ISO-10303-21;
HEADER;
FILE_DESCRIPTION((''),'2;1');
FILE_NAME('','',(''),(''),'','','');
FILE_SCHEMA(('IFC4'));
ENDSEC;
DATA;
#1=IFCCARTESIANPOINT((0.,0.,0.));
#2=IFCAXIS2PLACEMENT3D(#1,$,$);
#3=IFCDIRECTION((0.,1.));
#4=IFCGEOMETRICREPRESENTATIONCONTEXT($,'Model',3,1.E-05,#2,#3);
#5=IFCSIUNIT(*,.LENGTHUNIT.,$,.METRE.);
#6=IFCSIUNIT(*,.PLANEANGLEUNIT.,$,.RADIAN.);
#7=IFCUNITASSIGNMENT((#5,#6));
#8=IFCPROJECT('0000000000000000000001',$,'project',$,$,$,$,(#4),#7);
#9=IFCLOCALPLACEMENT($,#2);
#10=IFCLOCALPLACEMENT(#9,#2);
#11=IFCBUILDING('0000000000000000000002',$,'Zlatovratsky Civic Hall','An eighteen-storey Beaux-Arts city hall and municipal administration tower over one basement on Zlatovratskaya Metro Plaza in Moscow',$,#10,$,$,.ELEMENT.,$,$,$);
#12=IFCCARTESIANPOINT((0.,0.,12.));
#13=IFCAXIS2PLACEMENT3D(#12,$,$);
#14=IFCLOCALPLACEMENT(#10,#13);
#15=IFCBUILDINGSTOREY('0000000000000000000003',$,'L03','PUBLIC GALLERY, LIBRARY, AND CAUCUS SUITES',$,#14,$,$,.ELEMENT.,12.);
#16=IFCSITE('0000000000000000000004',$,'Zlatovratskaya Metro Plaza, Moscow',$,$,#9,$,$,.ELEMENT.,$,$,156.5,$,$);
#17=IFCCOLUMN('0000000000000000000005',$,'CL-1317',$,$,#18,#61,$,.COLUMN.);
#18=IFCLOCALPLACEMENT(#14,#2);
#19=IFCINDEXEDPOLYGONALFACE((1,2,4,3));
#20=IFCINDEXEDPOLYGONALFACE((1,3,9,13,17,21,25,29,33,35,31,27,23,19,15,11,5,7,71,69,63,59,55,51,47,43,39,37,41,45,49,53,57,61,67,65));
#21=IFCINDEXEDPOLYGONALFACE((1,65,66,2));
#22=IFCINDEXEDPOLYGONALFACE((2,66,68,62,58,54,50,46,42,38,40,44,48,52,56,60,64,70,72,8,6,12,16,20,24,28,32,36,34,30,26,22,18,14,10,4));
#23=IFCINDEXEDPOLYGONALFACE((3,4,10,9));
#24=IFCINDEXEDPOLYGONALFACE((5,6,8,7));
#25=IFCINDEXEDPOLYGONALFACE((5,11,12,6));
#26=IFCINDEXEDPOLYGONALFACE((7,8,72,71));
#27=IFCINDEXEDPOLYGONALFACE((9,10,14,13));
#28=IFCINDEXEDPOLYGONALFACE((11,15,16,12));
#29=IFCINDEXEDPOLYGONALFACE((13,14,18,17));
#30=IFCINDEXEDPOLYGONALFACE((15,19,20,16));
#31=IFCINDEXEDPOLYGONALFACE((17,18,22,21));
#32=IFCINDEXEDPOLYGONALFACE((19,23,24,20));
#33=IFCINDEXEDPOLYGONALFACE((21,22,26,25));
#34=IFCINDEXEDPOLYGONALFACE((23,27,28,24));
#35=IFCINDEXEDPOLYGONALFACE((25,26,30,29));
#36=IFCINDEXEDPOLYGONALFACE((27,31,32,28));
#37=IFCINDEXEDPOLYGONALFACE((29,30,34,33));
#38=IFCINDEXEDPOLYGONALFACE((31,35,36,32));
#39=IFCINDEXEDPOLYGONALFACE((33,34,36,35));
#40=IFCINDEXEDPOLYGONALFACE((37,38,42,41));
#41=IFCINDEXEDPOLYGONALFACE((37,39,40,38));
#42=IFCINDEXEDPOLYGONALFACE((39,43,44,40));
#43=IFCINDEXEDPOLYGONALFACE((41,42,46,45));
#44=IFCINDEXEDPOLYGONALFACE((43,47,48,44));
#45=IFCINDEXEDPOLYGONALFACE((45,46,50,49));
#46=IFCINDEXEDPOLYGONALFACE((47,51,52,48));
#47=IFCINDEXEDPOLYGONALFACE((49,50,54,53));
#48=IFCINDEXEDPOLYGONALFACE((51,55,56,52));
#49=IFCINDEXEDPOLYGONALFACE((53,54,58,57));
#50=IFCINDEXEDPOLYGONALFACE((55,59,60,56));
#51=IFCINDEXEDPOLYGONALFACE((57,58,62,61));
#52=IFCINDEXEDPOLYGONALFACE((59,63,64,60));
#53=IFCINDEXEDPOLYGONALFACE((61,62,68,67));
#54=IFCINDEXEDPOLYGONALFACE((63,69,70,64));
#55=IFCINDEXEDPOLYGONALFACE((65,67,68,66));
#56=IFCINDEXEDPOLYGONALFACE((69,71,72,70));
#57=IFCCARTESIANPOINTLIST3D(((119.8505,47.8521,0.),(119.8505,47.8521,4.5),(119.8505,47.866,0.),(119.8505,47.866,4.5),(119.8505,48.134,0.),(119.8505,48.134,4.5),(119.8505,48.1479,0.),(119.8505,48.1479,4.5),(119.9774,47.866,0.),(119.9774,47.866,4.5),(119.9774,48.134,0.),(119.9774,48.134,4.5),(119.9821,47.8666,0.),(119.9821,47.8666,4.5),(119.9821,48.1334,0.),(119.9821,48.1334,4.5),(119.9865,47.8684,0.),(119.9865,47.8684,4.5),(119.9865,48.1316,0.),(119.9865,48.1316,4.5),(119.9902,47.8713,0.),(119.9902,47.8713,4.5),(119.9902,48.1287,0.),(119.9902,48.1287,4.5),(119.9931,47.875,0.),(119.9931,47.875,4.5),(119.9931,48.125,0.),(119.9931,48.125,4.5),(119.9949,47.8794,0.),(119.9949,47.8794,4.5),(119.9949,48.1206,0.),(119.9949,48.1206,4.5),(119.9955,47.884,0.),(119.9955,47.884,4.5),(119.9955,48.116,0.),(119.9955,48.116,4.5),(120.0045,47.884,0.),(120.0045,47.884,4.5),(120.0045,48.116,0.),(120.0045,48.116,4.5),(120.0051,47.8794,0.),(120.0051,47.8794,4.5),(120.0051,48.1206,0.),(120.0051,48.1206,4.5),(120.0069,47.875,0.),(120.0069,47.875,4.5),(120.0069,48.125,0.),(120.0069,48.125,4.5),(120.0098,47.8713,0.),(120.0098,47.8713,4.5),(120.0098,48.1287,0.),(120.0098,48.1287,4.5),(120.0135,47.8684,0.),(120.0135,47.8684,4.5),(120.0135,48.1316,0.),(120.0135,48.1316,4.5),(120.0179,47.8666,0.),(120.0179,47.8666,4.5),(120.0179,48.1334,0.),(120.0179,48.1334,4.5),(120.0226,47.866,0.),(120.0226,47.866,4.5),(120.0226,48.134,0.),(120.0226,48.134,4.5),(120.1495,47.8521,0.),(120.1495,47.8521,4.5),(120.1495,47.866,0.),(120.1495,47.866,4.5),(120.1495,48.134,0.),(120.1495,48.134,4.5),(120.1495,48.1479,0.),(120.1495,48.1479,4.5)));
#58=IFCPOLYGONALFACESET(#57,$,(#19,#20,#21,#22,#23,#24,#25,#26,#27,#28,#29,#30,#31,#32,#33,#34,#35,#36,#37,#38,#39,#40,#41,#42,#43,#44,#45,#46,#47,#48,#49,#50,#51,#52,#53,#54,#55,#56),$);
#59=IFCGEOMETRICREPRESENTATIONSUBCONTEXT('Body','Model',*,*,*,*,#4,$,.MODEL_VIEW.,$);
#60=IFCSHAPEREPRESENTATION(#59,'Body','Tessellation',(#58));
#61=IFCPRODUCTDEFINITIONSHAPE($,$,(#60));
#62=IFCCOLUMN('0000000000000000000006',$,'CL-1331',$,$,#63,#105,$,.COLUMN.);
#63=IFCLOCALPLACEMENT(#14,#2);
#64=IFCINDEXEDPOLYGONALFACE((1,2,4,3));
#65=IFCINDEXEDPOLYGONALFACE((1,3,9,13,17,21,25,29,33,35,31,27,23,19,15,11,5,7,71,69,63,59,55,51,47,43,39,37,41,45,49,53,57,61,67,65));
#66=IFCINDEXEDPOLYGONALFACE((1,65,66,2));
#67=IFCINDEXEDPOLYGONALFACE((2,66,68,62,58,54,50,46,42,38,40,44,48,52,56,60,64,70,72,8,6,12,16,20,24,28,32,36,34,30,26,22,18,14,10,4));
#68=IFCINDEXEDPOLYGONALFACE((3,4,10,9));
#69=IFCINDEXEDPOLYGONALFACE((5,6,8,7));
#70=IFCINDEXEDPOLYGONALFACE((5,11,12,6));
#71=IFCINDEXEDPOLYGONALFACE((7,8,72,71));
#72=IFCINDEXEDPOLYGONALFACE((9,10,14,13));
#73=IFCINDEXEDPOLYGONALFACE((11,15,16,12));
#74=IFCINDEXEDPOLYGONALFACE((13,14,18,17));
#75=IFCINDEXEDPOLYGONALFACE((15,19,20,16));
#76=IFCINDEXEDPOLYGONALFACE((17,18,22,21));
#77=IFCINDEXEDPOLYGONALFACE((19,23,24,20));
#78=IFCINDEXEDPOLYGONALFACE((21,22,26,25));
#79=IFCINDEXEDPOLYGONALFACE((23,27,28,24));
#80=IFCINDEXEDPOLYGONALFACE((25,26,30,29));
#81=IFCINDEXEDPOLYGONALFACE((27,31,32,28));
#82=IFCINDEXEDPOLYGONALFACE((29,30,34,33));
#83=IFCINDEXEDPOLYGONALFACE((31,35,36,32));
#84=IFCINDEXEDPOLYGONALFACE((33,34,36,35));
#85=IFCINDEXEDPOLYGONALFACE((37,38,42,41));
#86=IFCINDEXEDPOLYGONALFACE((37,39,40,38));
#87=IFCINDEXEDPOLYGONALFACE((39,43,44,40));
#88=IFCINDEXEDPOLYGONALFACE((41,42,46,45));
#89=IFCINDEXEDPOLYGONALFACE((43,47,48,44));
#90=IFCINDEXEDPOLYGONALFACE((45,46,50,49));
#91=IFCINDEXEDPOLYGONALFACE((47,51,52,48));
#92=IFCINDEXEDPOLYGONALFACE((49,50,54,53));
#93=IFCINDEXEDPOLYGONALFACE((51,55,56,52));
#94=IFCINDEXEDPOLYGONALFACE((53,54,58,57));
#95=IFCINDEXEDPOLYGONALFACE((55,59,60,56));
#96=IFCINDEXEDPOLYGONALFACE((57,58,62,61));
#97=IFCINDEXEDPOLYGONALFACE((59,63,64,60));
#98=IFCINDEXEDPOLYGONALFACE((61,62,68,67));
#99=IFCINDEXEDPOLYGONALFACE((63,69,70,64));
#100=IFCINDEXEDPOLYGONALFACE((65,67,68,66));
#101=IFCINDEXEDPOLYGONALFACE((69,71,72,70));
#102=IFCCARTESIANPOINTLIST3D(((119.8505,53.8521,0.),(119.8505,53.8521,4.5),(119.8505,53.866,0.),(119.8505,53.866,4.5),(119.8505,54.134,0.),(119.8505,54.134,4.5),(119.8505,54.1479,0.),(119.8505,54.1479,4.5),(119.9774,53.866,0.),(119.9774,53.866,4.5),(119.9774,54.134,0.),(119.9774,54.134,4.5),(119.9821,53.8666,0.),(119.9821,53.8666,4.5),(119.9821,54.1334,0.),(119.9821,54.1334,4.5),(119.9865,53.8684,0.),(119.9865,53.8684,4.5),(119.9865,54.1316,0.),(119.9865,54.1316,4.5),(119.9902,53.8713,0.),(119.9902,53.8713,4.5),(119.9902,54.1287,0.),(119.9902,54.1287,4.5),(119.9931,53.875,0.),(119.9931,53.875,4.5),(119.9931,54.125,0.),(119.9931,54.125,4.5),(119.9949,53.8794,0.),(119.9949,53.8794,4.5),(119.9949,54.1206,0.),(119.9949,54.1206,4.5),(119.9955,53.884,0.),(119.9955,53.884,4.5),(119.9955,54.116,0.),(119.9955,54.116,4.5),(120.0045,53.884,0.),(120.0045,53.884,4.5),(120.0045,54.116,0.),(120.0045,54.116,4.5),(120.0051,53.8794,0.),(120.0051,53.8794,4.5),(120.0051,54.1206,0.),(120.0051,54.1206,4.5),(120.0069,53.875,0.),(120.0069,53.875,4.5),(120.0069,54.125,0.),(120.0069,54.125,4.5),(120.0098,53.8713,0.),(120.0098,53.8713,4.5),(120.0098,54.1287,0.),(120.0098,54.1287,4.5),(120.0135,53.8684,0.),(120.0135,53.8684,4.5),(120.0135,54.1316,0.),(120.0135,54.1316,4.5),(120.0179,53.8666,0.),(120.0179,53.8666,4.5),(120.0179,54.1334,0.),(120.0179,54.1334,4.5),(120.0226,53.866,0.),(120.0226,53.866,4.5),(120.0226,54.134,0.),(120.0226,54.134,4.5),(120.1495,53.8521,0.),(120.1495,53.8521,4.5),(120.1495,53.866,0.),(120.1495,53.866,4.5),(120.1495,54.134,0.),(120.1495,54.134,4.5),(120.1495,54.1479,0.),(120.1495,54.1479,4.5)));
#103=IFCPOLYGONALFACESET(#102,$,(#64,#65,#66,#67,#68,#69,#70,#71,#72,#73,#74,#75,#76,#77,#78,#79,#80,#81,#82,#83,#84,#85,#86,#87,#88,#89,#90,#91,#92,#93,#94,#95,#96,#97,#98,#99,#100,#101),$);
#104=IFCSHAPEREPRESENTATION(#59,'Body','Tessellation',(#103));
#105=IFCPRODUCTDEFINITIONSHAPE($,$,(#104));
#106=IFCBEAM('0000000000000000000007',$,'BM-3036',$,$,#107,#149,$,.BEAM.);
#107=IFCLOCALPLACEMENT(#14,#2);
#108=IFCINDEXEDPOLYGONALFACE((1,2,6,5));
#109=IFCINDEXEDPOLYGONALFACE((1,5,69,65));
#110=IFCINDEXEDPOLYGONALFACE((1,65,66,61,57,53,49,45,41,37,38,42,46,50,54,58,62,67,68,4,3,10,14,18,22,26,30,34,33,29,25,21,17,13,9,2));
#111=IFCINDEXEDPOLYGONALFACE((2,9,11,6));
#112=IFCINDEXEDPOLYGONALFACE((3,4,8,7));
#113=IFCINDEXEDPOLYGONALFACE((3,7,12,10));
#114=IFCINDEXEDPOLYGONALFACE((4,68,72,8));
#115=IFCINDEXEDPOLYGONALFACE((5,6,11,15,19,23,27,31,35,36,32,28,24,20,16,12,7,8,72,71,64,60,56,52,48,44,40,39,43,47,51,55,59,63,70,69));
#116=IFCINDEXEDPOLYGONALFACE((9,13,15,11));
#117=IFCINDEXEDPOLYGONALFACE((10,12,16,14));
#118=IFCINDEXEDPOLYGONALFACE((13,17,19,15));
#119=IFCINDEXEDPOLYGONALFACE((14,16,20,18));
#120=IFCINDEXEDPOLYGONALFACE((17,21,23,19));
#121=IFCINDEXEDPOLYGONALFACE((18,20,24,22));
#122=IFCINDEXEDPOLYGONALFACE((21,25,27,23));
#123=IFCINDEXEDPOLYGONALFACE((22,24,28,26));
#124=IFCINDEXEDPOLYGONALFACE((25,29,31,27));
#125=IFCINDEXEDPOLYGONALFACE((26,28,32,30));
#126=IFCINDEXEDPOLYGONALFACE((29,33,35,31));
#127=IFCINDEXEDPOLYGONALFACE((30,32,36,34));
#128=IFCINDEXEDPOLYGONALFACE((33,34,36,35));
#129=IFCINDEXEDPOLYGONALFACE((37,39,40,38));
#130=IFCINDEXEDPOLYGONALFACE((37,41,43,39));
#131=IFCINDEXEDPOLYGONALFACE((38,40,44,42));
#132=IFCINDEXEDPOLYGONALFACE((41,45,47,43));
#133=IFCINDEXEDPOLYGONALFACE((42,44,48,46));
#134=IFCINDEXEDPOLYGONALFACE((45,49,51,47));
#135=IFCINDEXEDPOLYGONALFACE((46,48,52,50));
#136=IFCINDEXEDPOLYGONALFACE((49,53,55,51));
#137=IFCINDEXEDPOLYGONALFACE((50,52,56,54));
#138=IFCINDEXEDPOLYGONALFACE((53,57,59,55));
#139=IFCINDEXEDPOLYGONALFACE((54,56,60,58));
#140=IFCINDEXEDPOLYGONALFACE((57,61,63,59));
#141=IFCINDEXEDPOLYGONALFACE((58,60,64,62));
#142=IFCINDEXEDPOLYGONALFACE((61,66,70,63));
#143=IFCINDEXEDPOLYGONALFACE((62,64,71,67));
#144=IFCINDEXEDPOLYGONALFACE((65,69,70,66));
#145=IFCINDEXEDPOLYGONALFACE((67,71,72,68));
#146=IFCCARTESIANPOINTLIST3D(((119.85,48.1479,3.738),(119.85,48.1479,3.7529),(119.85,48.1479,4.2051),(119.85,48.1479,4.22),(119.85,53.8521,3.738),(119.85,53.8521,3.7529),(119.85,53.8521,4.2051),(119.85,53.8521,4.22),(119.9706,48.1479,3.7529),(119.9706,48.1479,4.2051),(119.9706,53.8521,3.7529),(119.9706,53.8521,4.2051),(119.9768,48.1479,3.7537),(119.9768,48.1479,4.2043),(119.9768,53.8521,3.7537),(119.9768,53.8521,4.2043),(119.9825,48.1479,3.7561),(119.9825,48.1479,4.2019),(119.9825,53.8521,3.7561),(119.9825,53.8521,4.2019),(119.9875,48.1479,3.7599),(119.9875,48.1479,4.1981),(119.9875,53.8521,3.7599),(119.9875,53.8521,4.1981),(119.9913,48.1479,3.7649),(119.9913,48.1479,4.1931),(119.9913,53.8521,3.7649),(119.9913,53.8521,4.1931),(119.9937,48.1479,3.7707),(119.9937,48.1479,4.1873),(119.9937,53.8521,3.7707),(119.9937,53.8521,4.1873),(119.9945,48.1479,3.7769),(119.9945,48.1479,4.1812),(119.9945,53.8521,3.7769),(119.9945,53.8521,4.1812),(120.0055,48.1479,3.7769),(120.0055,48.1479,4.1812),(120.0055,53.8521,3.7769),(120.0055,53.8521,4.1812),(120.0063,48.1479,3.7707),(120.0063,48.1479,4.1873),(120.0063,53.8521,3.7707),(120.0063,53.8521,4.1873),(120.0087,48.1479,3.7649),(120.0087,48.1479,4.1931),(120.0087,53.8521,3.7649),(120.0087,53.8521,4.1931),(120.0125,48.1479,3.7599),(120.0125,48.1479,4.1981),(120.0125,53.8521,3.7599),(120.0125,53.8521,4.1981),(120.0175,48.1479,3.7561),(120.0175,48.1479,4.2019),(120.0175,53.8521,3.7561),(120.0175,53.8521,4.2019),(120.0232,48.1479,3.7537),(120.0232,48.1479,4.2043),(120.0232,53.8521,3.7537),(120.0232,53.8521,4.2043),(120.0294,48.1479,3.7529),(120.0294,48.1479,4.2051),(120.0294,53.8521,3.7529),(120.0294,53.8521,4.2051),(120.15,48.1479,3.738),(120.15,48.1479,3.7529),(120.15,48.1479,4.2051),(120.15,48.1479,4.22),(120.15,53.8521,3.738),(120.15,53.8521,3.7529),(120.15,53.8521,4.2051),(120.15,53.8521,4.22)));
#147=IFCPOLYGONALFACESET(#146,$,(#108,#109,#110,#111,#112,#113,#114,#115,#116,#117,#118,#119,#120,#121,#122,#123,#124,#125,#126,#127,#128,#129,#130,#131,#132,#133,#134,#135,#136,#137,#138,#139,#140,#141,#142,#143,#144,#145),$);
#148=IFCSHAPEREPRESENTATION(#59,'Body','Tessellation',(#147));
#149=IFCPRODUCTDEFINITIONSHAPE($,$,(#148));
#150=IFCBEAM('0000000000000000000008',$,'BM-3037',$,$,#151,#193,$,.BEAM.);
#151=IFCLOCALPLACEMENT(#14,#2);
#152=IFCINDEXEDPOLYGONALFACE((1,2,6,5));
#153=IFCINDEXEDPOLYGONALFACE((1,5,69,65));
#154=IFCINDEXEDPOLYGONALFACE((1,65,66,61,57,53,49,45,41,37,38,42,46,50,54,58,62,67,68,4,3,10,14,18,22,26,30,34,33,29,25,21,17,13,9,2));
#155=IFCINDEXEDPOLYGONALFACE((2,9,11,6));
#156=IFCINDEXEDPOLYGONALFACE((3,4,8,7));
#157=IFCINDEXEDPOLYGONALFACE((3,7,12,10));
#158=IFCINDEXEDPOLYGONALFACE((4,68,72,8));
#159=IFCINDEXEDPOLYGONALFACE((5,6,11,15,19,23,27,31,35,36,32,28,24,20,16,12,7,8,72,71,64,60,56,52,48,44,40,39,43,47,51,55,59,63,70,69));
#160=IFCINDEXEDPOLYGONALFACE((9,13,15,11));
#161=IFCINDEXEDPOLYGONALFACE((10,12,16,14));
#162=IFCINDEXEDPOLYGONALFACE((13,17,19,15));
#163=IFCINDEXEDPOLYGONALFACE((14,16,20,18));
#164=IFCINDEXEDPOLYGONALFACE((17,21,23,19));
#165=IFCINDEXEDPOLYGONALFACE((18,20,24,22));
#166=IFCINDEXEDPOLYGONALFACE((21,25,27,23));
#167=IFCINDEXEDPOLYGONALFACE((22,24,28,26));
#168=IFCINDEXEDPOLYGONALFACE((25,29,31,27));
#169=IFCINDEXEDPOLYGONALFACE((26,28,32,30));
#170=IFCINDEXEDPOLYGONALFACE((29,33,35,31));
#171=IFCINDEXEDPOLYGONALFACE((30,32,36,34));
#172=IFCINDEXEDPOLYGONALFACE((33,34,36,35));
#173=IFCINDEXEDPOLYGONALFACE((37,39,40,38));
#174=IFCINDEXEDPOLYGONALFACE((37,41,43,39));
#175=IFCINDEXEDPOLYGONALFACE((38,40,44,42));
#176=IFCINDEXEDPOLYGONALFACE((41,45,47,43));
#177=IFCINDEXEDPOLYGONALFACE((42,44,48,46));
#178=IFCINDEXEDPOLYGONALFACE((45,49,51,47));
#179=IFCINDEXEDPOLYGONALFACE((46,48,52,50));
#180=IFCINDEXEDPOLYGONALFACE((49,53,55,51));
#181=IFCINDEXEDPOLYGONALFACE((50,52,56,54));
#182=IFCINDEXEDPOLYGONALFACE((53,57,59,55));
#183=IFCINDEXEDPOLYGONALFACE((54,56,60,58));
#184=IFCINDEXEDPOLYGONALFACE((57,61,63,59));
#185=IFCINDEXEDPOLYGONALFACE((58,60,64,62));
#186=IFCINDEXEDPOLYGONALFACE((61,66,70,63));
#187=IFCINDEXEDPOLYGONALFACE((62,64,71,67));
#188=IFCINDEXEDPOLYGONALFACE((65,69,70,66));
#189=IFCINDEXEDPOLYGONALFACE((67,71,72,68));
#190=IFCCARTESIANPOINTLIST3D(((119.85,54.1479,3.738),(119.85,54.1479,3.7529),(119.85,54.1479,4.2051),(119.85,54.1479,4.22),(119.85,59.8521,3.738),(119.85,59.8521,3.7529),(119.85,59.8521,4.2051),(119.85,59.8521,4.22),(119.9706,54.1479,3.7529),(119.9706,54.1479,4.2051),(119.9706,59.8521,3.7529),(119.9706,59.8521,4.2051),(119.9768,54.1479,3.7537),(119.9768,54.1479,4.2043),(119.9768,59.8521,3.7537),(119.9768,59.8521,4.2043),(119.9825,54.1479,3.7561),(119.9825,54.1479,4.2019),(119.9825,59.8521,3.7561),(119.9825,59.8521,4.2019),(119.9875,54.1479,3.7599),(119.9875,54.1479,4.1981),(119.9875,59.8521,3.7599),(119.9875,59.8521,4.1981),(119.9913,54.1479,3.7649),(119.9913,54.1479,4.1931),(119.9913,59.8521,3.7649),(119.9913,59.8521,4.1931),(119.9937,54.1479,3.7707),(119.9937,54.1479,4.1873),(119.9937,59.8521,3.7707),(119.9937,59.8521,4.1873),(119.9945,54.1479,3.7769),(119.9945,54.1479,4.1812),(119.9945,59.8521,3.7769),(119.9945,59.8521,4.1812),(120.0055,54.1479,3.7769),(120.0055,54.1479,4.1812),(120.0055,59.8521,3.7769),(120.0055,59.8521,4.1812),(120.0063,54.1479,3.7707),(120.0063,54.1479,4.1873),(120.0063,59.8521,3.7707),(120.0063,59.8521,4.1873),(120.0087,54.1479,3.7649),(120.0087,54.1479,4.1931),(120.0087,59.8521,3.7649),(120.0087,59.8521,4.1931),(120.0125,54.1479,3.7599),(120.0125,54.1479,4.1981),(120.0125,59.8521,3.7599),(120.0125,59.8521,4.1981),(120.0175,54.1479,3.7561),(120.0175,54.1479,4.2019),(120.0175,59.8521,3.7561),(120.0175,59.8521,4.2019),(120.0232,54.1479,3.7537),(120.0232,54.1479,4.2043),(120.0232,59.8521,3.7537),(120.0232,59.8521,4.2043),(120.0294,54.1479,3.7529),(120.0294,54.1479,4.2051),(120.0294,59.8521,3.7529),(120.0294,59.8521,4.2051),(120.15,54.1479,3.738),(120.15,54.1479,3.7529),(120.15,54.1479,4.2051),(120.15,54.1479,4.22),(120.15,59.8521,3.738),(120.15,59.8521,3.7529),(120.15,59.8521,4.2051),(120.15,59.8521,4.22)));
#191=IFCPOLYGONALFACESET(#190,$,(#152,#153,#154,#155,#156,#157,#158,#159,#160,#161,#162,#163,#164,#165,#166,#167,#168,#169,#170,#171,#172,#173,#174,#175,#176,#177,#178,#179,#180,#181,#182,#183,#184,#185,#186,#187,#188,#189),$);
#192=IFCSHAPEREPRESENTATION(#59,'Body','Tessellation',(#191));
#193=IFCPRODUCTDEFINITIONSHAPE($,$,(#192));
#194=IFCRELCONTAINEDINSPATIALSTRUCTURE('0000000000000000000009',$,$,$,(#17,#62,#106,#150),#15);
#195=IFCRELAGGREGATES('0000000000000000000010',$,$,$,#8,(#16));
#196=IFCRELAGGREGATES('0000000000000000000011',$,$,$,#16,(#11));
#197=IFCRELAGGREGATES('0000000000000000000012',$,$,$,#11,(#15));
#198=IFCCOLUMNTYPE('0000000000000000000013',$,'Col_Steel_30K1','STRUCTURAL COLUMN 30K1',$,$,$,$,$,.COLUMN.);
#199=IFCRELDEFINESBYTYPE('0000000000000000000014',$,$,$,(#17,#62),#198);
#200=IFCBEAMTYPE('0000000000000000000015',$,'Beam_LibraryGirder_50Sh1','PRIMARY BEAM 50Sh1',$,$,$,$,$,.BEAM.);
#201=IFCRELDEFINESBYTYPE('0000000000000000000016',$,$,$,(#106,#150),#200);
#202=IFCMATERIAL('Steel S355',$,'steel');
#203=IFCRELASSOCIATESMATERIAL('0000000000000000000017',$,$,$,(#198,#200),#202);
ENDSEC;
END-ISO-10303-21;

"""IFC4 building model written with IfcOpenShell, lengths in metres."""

from ifc_helpers import new_model, si_unit, direction, frame, origin, origin_2d, place, context, subcontext, project, spatial, i_section, extrude, material, material_profile, profile_set, type_object, element, save


model = new_model("IFC4")

# Units and contexts
model_context = context("Model", 3, precision=1e-05, world=origin(), true_north=direction((0.0, 1.0)))
body_context = subcontext(model_context, "Body", "Model", "MODEL_VIEW")
ifc_project = project(units=[si_unit("LENGTHUNIT", "METRE"), si_unit("PLANEANGLEUNIT", "RADIAN")], contexts=[model_context])

# Site, building, storey
site_placement = place(None, origin())
site = spatial("IfcSite", under=ifc_project, at=site_placement, Name="Zlatovratskaya Metro Plaza, Moscow", CompositionType="ELEMENT", RefElevation=156.5)
building_placement = place(site_placement, origin())
building = spatial("IfcBuilding", under=site, at=building_placement, Name="Zlatovratsky Civic Hall", Description="An eighteen-storey Beaux-Arts city hall and municipal administration tower over one basement on Zlatovratskaya Metro Plaza in Moscow", CompositionType="ELEMENT")
storey_placement = place(building_placement, frame((0.0, 0.0, 12.0)))
storey = spatial("IfcBuildingStorey", under=building, at=storey_placement, Name="L03", Description="PUBLIC GALLERY, LIBRARY, AND CAUCUS SUITES", CompositionType="ELEMENT", Elevation=12.0)

# Columns
ifc_material_1 = material(Name="Steel S355", Category="steel")
ifc_material_profile_1 = material_profile(ifc_material_1, i_section(OverallWidth=0.2991, OverallDepth=0.2959, WebThickness=0.009, FlangeThickness=0.0139, FilletRadius=0.0181, at=origin_2d()), Name="30K1")
ifc_profile_set_1 = profile_set([ifc_material_profile_1], Name="Steel S355")
column_type = type_object("IfcColumnType", Name="Col_Steel_30K1", Description="STRUCTURAL COLUMN 30K1", PredefinedType="COLUMN", material=ifc_profile_set_1)
for number, where, z_axis, x_axis, name in (
    (1, (120.0, 48.0, 0.0), (0.0, 0.0, 1.0), (1.0, 0.0, 0.0), "CL-1317"),
    (2, (120.0, 54.0, 0.0), (0.0, 0.0, 1.0), (1.0, 0.0, 0.0), "CL-1331"),
):
    element("IfcColumn", number, at=place(storey_placement, frame(where, z_axis=z_axis, x_axis=x_axis)), inside=storey, type_object=column_type, Name=name, PredefinedType="COLUMN", context=body_context, shape_type="SweptSolid", body=[
        extrude(i_section(OverallWidth=0.2991, OverallDepth=0.2959, WebThickness=0.009, FlangeThickness=0.0139, FilletRadius=0.0181, at=origin_2d()), origin(), (0.0, 0.0, 1.0), 4.5),
    ])

# Beams
ifc_material_profile_2 = material_profile(ifc_material_1, i_section(OverallWidth=0.3, OverallDepth=0.4819, WebThickness=0.011, FlangeThickness=0.0149, FilletRadius=0.0239, at=origin_2d()), Name="50Sh1")
ifc_profile_set_2 = profile_set([ifc_material_profile_2], Name="Steel S355")
beam_type = type_object("IfcBeamType", Name="Beam_LibraryGirder_50Sh1", Description="PRIMARY BEAM 50Sh1", PredefinedType="BEAM", material=ifc_profile_set_2)
for number, where, z_axis, x_axis, name in (
    (3, (120.0, 48.1479, 3.979), (0.0, 1.0, 0.0), (-1.0, 0.0, 0.0), "BM-3036"),
    (4, (120.0, 54.1479, 3.979), (0.0, 1.0, 0.0), (-1.0, 0.0, 0.0), "BM-3037"),
):
    element("IfcBeam", number, at=place(storey_placement, frame(where, z_axis=z_axis, x_axis=x_axis)), inside=storey, type_object=beam_type, Name=name, PredefinedType="BEAM", context=body_context, shape_type="SweptSolid", body=[
        extrude(i_section(OverallWidth=0.3, OverallDepth=0.4819, WebThickness=0.011, FlangeThickness=0.0149, FilletRadius=0.0239, at=origin_2d()), origin(), (0.0, 0.0, 1.0), 5.7041),
    ])

save(model, "model.ifc")
